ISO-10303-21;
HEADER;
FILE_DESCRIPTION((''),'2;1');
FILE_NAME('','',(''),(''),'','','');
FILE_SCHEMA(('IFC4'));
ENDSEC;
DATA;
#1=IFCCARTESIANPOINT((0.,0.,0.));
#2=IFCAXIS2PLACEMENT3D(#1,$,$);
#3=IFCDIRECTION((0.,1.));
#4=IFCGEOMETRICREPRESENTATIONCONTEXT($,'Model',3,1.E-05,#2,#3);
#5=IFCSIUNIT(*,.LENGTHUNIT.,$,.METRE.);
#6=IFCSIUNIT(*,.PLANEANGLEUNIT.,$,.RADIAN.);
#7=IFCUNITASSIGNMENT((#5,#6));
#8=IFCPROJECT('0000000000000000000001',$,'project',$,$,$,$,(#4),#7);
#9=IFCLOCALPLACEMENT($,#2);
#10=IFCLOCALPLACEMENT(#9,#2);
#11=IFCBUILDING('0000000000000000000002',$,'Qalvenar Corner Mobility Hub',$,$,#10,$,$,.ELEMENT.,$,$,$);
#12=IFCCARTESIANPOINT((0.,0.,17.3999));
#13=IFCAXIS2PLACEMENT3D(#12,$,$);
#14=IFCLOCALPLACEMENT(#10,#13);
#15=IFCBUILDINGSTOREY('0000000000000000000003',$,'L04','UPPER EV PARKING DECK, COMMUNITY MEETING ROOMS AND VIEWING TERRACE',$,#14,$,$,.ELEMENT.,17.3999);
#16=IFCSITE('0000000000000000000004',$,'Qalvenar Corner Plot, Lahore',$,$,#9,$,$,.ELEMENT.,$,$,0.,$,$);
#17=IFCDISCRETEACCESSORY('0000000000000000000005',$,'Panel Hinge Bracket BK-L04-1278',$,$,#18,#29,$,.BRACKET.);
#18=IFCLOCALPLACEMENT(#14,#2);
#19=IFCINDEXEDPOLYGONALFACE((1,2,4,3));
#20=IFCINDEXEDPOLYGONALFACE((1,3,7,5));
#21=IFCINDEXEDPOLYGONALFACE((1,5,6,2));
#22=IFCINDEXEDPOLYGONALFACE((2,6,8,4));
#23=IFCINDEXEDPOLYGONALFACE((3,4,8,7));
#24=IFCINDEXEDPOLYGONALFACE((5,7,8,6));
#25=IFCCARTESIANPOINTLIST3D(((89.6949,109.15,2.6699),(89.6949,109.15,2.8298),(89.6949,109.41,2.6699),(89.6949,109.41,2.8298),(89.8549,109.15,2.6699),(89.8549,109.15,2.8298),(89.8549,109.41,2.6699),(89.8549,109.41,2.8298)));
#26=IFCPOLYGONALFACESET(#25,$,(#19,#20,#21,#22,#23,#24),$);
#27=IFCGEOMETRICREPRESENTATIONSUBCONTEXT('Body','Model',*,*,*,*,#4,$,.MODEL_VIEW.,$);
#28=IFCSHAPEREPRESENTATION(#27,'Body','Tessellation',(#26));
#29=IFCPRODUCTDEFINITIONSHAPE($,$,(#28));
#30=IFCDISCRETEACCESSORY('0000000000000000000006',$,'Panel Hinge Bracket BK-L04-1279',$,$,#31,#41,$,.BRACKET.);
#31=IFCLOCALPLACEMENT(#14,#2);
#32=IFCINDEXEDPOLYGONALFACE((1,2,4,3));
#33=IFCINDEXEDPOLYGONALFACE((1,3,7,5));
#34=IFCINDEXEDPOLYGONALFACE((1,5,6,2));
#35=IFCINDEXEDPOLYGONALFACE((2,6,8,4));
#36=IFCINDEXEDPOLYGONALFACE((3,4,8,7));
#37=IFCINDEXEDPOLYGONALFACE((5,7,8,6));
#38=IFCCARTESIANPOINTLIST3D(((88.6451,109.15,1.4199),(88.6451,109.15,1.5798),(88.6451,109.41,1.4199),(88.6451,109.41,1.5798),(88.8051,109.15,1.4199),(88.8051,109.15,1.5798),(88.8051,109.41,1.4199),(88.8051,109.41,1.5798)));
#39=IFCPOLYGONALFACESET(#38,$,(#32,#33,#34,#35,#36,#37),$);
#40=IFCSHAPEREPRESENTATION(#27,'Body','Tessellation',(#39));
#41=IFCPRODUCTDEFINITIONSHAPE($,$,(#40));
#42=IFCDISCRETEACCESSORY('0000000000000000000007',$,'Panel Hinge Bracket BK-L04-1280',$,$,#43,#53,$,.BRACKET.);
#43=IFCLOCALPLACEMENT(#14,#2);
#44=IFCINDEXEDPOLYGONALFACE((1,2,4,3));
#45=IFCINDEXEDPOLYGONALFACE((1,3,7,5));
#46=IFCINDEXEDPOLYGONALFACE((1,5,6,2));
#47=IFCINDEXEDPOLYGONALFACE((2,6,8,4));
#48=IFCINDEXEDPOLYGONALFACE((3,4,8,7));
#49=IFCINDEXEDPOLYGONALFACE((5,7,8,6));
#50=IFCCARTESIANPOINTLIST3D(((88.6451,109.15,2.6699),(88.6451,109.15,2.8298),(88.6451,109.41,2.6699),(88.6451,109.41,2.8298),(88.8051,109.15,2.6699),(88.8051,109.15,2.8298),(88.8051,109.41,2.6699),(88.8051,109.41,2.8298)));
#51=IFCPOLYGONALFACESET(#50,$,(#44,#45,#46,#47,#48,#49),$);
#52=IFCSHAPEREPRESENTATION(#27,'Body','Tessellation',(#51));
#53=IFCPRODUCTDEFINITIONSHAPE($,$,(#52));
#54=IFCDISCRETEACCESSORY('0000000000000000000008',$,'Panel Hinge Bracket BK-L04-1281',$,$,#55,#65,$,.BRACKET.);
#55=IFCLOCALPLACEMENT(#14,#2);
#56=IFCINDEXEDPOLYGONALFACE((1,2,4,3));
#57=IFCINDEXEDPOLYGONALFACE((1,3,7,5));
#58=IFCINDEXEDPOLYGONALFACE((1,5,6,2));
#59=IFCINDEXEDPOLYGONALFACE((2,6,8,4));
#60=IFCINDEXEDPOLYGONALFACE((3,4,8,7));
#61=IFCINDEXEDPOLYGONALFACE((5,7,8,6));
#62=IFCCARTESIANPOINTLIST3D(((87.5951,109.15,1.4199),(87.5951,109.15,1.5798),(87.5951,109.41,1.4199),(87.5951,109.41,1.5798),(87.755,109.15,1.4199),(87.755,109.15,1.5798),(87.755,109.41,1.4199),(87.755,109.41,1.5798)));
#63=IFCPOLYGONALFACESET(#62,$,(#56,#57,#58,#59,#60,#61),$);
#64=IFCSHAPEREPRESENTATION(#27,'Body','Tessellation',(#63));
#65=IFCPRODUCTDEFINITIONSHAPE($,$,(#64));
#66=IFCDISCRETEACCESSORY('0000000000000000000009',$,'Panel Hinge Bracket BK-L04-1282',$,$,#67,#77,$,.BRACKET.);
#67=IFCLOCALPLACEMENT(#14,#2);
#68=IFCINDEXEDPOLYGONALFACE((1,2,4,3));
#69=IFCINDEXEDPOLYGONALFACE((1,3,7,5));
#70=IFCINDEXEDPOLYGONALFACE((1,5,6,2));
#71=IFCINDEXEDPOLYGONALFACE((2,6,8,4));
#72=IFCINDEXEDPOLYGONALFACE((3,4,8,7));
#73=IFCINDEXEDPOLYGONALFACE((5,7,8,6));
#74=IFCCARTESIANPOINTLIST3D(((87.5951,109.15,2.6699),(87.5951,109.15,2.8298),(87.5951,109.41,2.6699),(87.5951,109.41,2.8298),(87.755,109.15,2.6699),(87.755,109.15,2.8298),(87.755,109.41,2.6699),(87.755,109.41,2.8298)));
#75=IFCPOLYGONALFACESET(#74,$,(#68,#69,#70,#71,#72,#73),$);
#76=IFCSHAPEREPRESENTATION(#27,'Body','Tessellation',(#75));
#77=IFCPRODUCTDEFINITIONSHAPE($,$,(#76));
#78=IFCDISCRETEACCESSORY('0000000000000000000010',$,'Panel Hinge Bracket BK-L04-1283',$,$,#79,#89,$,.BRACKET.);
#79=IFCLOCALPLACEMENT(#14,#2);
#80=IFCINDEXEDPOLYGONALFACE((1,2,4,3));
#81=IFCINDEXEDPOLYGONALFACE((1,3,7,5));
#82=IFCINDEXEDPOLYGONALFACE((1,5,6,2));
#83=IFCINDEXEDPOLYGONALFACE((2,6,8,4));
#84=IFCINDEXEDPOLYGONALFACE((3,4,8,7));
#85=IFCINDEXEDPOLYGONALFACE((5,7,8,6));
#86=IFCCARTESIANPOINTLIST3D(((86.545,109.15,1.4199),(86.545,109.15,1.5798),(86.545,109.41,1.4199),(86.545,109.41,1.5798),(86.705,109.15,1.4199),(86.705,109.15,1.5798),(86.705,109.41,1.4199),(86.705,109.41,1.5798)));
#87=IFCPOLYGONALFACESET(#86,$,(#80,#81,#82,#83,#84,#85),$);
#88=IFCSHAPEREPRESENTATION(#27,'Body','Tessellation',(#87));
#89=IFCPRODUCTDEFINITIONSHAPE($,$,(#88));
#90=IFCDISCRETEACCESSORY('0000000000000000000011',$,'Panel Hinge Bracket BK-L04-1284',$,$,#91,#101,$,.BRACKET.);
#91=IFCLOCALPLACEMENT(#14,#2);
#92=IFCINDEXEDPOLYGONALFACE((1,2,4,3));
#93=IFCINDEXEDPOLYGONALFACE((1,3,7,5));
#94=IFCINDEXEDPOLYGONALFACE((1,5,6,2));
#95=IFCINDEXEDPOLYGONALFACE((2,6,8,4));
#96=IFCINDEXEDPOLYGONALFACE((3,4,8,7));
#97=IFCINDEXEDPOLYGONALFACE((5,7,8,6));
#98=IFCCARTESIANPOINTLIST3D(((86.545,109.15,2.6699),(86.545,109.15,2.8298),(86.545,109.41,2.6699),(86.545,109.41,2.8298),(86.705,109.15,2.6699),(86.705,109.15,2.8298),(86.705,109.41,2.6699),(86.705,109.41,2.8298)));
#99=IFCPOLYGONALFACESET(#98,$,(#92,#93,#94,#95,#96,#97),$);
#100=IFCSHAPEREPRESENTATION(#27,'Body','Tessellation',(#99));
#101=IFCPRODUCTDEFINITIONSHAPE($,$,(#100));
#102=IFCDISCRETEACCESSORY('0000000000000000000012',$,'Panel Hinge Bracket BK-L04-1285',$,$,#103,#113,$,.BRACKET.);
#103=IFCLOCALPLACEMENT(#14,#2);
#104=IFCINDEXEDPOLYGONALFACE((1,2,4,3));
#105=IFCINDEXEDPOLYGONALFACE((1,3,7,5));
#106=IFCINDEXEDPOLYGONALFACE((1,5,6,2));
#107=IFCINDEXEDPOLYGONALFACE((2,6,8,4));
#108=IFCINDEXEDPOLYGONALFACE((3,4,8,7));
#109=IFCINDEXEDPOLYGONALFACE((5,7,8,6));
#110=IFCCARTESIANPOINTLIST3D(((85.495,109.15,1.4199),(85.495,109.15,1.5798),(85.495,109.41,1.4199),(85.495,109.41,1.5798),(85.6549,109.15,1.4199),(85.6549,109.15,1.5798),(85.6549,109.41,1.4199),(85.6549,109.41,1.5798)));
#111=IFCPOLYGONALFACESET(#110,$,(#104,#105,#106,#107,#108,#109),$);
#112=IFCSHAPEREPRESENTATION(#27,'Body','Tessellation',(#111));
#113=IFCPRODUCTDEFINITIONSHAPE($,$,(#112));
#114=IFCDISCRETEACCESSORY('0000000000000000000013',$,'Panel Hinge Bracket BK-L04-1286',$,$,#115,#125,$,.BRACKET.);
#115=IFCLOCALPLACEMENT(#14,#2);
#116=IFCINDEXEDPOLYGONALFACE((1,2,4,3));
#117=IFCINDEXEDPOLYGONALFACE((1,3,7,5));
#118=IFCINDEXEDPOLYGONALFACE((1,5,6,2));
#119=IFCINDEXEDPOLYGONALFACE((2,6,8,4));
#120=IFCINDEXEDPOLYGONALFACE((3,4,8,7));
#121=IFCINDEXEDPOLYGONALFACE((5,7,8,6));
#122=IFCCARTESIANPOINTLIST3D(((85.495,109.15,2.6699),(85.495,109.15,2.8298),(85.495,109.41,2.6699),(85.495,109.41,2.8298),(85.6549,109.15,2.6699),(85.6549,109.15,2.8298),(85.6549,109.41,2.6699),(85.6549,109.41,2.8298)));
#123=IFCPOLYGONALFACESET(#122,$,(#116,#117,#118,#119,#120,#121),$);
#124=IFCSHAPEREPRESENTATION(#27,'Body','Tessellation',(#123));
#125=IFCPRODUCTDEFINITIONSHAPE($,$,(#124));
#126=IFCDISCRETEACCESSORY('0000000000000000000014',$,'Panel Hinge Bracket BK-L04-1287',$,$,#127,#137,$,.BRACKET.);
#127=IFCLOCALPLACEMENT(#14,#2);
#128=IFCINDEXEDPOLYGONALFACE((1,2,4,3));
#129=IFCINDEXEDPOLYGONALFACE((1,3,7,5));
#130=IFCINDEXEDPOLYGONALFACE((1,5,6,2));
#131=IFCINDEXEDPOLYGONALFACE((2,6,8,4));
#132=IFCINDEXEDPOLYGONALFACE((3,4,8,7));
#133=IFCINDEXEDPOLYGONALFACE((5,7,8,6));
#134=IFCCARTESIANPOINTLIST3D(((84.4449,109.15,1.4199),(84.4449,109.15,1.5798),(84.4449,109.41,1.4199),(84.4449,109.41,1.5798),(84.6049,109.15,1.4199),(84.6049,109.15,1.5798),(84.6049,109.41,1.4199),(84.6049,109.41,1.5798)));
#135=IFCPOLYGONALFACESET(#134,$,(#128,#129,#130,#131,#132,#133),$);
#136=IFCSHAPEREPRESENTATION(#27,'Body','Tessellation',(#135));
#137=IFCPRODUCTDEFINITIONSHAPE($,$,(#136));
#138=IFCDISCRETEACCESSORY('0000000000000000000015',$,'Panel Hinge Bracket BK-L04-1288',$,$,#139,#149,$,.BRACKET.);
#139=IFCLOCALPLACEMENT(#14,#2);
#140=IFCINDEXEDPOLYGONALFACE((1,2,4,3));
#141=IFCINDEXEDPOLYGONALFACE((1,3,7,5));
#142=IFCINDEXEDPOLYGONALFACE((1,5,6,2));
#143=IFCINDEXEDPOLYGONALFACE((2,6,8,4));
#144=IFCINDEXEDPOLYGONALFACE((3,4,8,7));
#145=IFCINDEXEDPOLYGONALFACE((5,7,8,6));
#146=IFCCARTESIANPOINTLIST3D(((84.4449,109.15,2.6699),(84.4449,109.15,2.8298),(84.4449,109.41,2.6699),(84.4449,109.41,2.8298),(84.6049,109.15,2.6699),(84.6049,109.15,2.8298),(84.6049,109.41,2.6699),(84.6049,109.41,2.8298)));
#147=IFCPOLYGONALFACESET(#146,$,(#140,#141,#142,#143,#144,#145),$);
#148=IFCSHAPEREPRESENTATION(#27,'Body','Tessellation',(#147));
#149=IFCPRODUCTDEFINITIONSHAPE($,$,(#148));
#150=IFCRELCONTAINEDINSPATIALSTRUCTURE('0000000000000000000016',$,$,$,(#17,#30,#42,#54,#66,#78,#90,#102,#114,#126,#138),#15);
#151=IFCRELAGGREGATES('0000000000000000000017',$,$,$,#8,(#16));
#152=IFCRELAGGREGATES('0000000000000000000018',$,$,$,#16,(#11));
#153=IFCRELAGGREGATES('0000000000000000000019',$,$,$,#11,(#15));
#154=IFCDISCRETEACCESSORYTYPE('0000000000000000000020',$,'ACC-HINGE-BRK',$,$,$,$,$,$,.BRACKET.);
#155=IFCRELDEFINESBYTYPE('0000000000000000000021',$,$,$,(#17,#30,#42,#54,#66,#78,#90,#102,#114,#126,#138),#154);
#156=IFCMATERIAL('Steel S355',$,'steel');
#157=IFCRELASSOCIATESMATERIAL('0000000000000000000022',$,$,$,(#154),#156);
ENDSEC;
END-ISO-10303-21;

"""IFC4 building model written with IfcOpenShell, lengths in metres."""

from ifc_helpers import new_model, si_unit, direction, frame, origin, origin_2d, place, context, subcontext, project, spatial, rectangle, extrude, material, type_object, element, save


model = new_model("IFC4")

# Units and contexts
model_context = context("Model", 3, precision=1e-05, world=origin(), true_north=direction((0.0, 1.0)))
body_context = subcontext(model_context, "Body", "Model", "MODEL_VIEW")
ifc_project = project(units=[si_unit("LENGTHUNIT", "METRE"), si_unit("PLANEANGLEUNIT", "RADIAN")], contexts=[model_context])

# Site, building, storey
site_placement = place(None, origin())
site = spatial("IfcSite", under=ifc_project, at=site_placement, Name="Qalvenar Corner Plot, Lahore", CompositionType="ELEMENT", RefElevation=0.0)
building_placement = place(site_placement, origin())
building = spatial("IfcBuilding", under=site, at=building_placement, Name="Qalvenar Corner Mobility Hub", CompositionType="ELEMENT")
storey_placement = place(building_placement, frame((0.0, 0.0, 17.3999)))
storey = spatial("IfcBuildingStorey", under=building, at=storey_placement, Name="L04", Description="UPPER EV PARKING DECK, COMMUNITY MEETING ROOMS AND VIEWING TERRACE", CompositionType="ELEMENT", Elevation=17.3999)

# Shared definitions
ifc_material_1 = material(Name="Steel S355", Category="steel")

# Discrete accessories
discrete_accessory_type = type_object("IfcDiscreteAccessoryType", Name="ACC-HINGE-BRK", PredefinedType="BRACKET", material=ifc_material_1)
for number, where, z_axis, x_axis, name in (
    (1, (89.7749, 109.28, 2.6699), (0.0, 0.0, 1.0), (-1.0, 0.0, 0.0), "Panel Hinge Bracket BK-L04-1278"),
    (2, (88.7251, 109.28, 1.4199), (0.0, 0.0, 1.0), (-1.0, 0.0, 0.0), "Panel Hinge Bracket BK-L04-1279"),
    (3, (88.7251, 109.28, 2.6699), (0.0, 0.0, 1.0), (-1.0, 0.0, 0.0), "Panel Hinge Bracket BK-L04-1280"),
    (4, (87.675, 109.28, 1.4199), (0.0, 0.0, 1.0), (-1.0, 0.0, 0.0), "Panel Hinge Bracket BK-L04-1281"),
    (5, (87.675, 109.28, 2.6699), (0.0, 0.0, 1.0), (-1.0, 0.0, 0.0), "Panel Hinge Bracket BK-L04-1282"),
    (6, (86.625, 109.28, 1.4199), (0.0, 0.0, 1.0), (-1.0, 0.0, 0.0), "Panel Hinge Bracket BK-L04-1283"),
    (7, (86.625, 109.28, 2.6699), (0.0, 0.0, 1.0), (-1.0, 0.0, 0.0), "Panel Hinge Bracket BK-L04-1284"),
    (8, (85.575, 109.28, 1.4199), (0.0, 0.0, 1.0), (-1.0, 0.0, 0.0), "Panel Hinge Bracket BK-L04-1285"),
    (9, (85.575, 109.28, 2.6699), (0.0, 0.0, 1.0), (-1.0, 0.0, 0.0), "Panel Hinge Bracket BK-L04-1286"),
    (10, (84.5249, 109.28, 1.4199), (0.0, 0.0, 1.0), (-1.0, 0.0, 0.0), "Panel Hinge Bracket BK-L04-1287"),
    (11, (84.5249, 109.28, 2.6699), (0.0, 0.0, 1.0), (-1.0, 0.0, 0.0), "Panel Hinge Bracket BK-L04-1288"),
):
    element("IfcDiscreteAccessory", number, at=place(storey_placement, frame(where, z_axis=z_axis, x_axis=x_axis)), inside=storey, type_object=discrete_accessory_type, Name=name, PredefinedType="BRACKET", context=body_context, shape_type="SweptSolid", body=[
        extrude(rectangle(XDim=0.1599, YDim=0.26, at=origin_2d()), origin(), (0.0, 0.0, 1.0), 0.1599),
    ])

save(model, "model.ifc")
